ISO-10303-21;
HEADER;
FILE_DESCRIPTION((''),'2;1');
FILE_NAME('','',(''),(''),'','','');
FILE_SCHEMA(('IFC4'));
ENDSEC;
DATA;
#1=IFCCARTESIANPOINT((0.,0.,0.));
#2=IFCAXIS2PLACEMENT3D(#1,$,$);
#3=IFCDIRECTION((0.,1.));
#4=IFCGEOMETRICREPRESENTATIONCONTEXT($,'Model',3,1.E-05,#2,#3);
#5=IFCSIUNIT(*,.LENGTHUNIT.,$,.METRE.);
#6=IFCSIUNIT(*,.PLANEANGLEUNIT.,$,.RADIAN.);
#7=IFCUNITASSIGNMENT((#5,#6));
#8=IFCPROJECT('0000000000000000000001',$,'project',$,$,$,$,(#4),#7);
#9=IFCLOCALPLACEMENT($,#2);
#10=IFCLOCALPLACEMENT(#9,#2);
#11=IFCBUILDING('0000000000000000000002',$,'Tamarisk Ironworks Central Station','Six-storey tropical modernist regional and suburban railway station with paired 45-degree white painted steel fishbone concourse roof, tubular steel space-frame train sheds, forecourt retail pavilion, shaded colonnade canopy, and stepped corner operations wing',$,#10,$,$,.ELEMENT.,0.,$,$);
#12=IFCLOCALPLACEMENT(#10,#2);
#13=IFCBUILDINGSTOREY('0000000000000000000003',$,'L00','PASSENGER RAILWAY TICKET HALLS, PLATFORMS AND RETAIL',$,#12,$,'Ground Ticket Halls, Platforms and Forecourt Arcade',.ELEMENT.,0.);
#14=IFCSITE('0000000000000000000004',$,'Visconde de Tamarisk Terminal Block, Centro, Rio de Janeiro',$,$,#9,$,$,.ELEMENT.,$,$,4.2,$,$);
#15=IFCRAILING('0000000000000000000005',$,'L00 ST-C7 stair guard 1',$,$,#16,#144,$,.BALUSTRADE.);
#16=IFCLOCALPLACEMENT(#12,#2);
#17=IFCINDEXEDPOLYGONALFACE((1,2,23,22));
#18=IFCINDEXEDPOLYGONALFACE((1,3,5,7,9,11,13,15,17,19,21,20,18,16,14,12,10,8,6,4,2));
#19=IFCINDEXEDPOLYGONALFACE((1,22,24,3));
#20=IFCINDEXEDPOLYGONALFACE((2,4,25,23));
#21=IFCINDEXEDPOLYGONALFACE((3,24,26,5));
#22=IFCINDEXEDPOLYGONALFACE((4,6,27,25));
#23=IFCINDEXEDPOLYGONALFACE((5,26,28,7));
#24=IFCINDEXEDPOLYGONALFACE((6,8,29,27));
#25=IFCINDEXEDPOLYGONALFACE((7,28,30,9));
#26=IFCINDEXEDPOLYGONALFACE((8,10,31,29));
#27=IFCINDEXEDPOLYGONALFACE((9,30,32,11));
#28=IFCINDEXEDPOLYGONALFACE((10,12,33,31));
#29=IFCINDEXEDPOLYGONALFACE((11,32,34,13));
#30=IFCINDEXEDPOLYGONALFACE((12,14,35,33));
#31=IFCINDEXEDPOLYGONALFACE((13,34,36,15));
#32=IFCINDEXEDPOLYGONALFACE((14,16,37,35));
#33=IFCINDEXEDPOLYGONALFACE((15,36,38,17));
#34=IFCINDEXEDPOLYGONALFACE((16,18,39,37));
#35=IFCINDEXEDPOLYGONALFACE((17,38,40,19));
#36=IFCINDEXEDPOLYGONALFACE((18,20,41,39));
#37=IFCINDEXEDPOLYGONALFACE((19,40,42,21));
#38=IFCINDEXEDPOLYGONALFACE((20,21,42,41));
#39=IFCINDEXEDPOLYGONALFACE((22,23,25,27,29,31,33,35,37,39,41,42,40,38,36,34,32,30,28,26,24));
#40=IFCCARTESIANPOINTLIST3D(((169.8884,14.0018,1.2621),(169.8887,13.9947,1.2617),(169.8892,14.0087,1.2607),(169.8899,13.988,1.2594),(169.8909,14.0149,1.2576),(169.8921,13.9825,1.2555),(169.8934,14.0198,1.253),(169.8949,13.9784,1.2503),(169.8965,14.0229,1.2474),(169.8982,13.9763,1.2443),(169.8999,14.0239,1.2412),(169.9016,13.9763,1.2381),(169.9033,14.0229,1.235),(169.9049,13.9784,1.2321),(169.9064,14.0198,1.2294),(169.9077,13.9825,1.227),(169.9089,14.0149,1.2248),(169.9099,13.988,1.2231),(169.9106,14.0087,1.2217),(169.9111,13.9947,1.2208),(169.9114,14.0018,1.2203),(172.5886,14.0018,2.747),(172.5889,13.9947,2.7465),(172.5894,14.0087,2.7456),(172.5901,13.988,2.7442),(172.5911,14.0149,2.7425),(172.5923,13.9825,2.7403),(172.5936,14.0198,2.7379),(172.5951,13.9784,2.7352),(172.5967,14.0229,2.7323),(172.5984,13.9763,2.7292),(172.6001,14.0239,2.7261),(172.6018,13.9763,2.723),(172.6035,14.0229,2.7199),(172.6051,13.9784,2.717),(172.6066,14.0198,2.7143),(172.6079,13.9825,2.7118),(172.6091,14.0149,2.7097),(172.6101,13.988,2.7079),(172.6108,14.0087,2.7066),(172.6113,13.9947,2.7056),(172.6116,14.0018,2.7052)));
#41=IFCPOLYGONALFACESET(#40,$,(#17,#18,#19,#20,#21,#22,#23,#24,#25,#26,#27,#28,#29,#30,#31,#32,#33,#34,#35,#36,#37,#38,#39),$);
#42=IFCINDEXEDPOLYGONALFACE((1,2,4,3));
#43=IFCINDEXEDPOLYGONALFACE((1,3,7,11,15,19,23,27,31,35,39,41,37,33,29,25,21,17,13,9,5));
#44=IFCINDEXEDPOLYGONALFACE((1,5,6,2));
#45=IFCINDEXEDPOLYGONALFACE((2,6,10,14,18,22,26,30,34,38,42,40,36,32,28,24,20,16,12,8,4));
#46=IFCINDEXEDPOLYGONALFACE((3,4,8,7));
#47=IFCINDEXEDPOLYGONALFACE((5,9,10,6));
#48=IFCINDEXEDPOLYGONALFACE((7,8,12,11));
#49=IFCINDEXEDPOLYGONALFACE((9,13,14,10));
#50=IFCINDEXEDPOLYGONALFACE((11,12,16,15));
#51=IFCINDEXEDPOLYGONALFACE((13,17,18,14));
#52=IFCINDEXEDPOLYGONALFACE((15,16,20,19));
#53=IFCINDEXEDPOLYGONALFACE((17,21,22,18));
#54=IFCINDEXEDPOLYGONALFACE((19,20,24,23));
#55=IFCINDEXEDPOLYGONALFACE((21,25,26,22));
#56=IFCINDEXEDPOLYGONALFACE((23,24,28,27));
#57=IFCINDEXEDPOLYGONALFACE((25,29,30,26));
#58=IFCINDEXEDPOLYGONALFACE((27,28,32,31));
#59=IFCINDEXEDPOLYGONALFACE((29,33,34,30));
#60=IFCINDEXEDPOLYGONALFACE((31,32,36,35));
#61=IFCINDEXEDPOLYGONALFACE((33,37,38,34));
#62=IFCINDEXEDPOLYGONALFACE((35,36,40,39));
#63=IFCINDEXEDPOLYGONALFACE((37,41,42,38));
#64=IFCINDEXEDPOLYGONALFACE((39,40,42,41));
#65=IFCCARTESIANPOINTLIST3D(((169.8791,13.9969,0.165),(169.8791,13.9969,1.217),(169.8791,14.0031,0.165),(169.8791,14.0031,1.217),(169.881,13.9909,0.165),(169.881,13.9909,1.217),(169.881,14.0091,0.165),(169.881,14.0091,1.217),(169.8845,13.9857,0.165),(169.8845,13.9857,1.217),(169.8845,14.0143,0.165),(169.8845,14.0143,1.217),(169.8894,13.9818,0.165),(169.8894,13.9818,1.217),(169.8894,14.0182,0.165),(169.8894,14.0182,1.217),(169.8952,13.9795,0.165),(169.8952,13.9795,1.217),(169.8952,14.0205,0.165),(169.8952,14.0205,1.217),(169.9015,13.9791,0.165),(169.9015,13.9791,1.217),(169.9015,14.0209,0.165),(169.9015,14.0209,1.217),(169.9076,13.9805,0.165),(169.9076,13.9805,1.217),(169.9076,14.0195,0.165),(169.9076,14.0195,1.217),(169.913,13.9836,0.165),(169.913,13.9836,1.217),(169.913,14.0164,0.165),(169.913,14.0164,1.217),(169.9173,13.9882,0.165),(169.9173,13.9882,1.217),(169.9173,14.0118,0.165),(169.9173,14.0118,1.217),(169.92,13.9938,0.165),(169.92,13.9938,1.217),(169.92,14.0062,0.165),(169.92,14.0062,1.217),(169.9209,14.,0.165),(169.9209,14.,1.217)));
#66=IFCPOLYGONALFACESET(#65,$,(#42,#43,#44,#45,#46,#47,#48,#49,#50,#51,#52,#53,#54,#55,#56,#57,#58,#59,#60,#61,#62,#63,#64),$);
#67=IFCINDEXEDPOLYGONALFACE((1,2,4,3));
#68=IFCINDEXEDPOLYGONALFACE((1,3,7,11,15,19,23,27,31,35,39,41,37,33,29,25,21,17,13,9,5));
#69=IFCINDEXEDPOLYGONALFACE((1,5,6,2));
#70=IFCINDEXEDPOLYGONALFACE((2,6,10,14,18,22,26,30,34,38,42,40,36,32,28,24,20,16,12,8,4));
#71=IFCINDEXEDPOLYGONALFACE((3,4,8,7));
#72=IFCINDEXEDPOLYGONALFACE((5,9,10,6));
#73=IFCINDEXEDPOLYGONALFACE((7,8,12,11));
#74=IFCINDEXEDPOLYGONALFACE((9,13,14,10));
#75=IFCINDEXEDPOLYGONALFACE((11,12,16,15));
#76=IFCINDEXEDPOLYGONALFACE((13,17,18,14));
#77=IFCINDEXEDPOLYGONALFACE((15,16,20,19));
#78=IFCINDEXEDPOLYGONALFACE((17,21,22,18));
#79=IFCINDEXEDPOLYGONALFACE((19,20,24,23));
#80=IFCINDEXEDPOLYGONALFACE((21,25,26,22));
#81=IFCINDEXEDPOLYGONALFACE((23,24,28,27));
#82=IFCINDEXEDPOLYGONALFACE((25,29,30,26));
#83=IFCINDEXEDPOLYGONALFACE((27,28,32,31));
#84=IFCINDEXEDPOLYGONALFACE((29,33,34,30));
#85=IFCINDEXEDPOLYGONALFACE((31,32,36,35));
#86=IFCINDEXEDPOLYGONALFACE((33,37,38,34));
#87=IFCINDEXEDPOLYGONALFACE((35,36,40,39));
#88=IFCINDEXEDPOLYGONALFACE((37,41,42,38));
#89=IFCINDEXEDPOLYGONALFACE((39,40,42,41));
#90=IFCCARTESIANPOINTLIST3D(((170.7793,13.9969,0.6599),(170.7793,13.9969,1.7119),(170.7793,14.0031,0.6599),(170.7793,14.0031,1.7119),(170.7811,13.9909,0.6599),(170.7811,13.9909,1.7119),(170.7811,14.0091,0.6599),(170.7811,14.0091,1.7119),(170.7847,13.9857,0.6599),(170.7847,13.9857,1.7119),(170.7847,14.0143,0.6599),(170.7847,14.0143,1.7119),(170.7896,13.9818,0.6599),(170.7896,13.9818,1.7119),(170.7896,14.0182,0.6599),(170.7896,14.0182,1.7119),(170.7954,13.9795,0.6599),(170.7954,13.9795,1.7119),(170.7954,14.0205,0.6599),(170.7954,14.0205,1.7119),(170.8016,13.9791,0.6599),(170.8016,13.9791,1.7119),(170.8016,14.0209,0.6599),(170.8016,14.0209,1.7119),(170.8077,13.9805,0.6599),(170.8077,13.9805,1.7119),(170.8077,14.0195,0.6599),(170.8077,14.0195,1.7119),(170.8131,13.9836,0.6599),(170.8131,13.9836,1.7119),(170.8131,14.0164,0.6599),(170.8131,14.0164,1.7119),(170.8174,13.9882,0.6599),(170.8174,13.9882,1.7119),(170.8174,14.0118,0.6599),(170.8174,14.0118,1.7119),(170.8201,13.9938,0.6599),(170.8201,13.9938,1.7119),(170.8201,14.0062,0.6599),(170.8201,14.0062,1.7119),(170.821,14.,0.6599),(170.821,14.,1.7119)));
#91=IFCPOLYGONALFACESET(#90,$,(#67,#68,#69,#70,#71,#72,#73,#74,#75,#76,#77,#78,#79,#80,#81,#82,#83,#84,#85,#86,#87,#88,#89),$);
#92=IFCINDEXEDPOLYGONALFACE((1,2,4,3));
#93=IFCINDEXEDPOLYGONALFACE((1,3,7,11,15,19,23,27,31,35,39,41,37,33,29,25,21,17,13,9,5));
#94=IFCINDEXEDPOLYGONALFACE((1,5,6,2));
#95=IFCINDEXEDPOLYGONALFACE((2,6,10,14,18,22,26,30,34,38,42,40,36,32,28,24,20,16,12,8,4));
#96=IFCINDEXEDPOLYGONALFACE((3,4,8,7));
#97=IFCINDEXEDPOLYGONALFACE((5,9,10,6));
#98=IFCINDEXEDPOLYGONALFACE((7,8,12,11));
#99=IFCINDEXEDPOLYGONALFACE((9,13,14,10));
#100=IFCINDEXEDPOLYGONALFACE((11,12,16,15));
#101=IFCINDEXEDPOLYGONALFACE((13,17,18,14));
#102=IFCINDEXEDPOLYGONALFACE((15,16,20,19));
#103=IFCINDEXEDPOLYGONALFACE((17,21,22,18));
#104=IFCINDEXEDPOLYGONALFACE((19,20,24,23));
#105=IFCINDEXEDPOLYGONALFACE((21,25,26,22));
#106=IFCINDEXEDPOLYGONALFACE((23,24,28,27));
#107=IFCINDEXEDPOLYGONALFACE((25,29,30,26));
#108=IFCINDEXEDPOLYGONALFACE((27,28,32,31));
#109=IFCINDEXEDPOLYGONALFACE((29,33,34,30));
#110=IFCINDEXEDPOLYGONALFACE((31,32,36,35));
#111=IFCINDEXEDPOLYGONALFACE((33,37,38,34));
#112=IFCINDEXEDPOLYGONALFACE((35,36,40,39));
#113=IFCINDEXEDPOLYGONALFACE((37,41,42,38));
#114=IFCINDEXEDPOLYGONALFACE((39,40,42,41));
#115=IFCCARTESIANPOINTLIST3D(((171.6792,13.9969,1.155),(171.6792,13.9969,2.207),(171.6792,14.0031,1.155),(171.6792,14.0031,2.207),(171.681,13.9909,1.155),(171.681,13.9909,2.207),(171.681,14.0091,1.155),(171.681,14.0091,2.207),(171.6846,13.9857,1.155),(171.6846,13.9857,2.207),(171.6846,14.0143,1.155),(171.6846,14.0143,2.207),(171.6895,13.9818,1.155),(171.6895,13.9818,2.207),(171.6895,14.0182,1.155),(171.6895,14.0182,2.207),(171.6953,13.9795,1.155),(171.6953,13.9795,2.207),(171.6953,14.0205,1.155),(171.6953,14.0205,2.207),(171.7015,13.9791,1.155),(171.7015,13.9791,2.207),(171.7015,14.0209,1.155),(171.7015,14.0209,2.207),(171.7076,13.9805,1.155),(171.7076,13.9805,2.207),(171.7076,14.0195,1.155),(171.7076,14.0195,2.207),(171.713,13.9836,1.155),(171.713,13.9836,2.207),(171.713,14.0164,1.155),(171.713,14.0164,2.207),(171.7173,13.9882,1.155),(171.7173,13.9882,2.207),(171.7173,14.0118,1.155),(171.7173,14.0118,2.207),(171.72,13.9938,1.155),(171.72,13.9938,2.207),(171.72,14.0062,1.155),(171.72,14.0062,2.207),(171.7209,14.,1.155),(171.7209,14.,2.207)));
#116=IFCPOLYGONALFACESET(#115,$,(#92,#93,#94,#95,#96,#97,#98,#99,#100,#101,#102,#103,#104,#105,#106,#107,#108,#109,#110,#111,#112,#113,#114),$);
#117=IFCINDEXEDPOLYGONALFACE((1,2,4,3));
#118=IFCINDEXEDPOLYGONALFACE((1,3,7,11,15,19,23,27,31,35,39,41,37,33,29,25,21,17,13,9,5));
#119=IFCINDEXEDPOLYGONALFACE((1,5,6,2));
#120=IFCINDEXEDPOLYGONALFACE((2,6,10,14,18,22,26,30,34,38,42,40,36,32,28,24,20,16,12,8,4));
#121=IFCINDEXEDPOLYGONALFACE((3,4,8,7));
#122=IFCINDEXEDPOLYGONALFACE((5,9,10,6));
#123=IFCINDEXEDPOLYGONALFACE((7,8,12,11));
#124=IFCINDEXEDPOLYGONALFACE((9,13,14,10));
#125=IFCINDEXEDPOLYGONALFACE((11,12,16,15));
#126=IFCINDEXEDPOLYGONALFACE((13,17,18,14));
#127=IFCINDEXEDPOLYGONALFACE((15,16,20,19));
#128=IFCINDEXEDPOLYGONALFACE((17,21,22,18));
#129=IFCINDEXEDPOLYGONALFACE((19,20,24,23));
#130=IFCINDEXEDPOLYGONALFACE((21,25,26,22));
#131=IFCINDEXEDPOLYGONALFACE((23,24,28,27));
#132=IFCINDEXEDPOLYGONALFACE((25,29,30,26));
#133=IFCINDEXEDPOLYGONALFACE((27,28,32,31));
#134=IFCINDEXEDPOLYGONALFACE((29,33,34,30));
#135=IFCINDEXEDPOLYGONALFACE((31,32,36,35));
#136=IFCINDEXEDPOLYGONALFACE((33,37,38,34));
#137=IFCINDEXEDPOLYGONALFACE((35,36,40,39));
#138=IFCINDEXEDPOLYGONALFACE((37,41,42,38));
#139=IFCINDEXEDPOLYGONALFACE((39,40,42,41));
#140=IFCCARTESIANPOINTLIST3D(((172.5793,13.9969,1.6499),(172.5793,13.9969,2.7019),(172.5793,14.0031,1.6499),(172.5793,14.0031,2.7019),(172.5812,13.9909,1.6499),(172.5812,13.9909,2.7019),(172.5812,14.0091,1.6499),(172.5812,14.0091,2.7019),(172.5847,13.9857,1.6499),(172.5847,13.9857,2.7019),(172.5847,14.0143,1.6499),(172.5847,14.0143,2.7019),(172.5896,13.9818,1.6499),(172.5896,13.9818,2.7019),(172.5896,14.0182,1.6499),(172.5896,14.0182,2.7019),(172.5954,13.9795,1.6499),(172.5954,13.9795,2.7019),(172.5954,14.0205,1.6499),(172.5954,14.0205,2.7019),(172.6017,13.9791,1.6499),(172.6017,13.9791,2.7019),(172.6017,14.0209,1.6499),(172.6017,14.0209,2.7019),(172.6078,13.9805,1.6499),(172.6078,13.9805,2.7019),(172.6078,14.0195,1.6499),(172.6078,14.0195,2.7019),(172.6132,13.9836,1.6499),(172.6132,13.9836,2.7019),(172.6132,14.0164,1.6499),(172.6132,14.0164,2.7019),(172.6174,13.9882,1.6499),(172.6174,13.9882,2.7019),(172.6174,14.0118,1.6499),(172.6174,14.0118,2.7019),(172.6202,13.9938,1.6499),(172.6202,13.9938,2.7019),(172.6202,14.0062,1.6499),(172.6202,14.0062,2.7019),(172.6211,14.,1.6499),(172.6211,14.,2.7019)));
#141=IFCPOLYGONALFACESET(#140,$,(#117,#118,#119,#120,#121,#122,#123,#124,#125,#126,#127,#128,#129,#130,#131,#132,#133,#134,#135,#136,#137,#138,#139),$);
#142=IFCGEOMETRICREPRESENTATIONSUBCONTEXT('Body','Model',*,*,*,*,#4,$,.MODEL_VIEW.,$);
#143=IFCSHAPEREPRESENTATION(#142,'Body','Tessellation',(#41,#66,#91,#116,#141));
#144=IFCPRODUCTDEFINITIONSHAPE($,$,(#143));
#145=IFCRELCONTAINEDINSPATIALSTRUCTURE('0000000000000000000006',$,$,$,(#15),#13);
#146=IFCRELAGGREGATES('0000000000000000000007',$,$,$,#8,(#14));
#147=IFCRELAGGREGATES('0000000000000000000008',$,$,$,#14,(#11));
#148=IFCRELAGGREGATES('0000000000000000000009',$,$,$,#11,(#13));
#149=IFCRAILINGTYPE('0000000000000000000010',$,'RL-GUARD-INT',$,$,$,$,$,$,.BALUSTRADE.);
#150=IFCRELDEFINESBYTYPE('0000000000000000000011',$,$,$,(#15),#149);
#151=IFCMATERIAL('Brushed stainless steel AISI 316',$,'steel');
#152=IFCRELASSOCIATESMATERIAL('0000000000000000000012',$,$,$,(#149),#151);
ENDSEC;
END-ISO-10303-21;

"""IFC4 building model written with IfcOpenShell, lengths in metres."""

from ifc_helpers import new_model, si_unit, direction, frame, origin, origin_2d, place, context, subcontext, project, spatial, circle, extrude, material, type_object, element, save


model = new_model("IFC4")

# Units and contexts
model_context = context("Model", 3, precision=1e-05, world=origin(), true_north=direction((0.0, 1.0)))
body_context = subcontext(model_context, "Body", "Model", "MODEL_VIEW")
ifc_project = project(units=[si_unit("LENGTHUNIT", "METRE"), si_unit("PLANEANGLEUNIT", "RADIAN")], contexts=[model_context])

# Site, building, storey
site_placement = place(None, origin())
site = spatial("IfcSite", under=ifc_project, at=site_placement, Name="Visconde de Tamarisk Terminal Block, Centro, Rio de Janeiro", CompositionType="ELEMENT", RefElevation=4.2)
building_placement = place(site_placement, origin())
building = spatial("IfcBuilding", under=site, at=building_placement, Name="Tamarisk Ironworks Central Station", Description="Six-storey tropical modernist regional and suburban railway station with paired 45-degree white painted steel fishbone concourse roof, tubular steel space-frame train sheds, forecourt retail pavilion, shaded colonnade canopy, and stepped corner operations wing", CompositionType="ELEMENT", ElevationOfRefHeight=0.0)
storey_placement = place(building_placement, origin())
storey = spatial("IfcBuildingStorey", under=building, at=storey_placement, Name="L00", Description="PASSENGER RAILWAY TICKET HALLS, PLATFORMS AND RETAIL", LongName="Ground Ticket Halls, Platforms and Forecourt Arcade", CompositionType="ELEMENT", Elevation=0.0)

# Railing
ifc_material_1 = material(Name="Brushed stainless steel AISI 316", Category="steel")
railing_type_1 = type_object("IfcRailingType", Name="RL-GUARD-INT", PredefinedType="BALUSTRADE", material=ifc_material_1)
railing_1_placement = place(storey_placement, frame((169.8999, 14.0, 0.165)))
element("IfcRailing", 1, at=railing_1_placement, inside=storey, type_object=railing_type_1, Name="L00 ST-C7 stair guard 1", PredefinedType="BALUSTRADE", context=body_context, shape_type="SweptSolid", body=[
    extrude(circle(Radius=0.0239, at=origin_2d()), frame((0.0, 0.0, 1.0762), z_axis=(0.876249, 0.0, 0.481858), x_axis=(0.0, 1.0, 0.0)), (0.0, 0.0, 1.0), 3.0815),
    extrude(circle(Radius=0.021, at=origin_2d()), origin(), (0.0, 0.0, 1.0), 1.052),
    extrude(circle(Radius=0.021, at=origin_2d()), frame((0.9001, 0.0, 0.4949)), (0.0, 0.0, 1.0), 1.052),
    extrude(circle(Radius=0.021, at=origin_2d()), frame((1.8, 0.0, 0.99)), (0.0, 0.0, 1.0), 1.052),
    extrude(circle(Radius=0.021, at=origin_2d()), frame((2.7002, 0.0, 1.4849)), (0.0, 0.0, 1.0), 1.052),
])

save(model, "model.ifc")
